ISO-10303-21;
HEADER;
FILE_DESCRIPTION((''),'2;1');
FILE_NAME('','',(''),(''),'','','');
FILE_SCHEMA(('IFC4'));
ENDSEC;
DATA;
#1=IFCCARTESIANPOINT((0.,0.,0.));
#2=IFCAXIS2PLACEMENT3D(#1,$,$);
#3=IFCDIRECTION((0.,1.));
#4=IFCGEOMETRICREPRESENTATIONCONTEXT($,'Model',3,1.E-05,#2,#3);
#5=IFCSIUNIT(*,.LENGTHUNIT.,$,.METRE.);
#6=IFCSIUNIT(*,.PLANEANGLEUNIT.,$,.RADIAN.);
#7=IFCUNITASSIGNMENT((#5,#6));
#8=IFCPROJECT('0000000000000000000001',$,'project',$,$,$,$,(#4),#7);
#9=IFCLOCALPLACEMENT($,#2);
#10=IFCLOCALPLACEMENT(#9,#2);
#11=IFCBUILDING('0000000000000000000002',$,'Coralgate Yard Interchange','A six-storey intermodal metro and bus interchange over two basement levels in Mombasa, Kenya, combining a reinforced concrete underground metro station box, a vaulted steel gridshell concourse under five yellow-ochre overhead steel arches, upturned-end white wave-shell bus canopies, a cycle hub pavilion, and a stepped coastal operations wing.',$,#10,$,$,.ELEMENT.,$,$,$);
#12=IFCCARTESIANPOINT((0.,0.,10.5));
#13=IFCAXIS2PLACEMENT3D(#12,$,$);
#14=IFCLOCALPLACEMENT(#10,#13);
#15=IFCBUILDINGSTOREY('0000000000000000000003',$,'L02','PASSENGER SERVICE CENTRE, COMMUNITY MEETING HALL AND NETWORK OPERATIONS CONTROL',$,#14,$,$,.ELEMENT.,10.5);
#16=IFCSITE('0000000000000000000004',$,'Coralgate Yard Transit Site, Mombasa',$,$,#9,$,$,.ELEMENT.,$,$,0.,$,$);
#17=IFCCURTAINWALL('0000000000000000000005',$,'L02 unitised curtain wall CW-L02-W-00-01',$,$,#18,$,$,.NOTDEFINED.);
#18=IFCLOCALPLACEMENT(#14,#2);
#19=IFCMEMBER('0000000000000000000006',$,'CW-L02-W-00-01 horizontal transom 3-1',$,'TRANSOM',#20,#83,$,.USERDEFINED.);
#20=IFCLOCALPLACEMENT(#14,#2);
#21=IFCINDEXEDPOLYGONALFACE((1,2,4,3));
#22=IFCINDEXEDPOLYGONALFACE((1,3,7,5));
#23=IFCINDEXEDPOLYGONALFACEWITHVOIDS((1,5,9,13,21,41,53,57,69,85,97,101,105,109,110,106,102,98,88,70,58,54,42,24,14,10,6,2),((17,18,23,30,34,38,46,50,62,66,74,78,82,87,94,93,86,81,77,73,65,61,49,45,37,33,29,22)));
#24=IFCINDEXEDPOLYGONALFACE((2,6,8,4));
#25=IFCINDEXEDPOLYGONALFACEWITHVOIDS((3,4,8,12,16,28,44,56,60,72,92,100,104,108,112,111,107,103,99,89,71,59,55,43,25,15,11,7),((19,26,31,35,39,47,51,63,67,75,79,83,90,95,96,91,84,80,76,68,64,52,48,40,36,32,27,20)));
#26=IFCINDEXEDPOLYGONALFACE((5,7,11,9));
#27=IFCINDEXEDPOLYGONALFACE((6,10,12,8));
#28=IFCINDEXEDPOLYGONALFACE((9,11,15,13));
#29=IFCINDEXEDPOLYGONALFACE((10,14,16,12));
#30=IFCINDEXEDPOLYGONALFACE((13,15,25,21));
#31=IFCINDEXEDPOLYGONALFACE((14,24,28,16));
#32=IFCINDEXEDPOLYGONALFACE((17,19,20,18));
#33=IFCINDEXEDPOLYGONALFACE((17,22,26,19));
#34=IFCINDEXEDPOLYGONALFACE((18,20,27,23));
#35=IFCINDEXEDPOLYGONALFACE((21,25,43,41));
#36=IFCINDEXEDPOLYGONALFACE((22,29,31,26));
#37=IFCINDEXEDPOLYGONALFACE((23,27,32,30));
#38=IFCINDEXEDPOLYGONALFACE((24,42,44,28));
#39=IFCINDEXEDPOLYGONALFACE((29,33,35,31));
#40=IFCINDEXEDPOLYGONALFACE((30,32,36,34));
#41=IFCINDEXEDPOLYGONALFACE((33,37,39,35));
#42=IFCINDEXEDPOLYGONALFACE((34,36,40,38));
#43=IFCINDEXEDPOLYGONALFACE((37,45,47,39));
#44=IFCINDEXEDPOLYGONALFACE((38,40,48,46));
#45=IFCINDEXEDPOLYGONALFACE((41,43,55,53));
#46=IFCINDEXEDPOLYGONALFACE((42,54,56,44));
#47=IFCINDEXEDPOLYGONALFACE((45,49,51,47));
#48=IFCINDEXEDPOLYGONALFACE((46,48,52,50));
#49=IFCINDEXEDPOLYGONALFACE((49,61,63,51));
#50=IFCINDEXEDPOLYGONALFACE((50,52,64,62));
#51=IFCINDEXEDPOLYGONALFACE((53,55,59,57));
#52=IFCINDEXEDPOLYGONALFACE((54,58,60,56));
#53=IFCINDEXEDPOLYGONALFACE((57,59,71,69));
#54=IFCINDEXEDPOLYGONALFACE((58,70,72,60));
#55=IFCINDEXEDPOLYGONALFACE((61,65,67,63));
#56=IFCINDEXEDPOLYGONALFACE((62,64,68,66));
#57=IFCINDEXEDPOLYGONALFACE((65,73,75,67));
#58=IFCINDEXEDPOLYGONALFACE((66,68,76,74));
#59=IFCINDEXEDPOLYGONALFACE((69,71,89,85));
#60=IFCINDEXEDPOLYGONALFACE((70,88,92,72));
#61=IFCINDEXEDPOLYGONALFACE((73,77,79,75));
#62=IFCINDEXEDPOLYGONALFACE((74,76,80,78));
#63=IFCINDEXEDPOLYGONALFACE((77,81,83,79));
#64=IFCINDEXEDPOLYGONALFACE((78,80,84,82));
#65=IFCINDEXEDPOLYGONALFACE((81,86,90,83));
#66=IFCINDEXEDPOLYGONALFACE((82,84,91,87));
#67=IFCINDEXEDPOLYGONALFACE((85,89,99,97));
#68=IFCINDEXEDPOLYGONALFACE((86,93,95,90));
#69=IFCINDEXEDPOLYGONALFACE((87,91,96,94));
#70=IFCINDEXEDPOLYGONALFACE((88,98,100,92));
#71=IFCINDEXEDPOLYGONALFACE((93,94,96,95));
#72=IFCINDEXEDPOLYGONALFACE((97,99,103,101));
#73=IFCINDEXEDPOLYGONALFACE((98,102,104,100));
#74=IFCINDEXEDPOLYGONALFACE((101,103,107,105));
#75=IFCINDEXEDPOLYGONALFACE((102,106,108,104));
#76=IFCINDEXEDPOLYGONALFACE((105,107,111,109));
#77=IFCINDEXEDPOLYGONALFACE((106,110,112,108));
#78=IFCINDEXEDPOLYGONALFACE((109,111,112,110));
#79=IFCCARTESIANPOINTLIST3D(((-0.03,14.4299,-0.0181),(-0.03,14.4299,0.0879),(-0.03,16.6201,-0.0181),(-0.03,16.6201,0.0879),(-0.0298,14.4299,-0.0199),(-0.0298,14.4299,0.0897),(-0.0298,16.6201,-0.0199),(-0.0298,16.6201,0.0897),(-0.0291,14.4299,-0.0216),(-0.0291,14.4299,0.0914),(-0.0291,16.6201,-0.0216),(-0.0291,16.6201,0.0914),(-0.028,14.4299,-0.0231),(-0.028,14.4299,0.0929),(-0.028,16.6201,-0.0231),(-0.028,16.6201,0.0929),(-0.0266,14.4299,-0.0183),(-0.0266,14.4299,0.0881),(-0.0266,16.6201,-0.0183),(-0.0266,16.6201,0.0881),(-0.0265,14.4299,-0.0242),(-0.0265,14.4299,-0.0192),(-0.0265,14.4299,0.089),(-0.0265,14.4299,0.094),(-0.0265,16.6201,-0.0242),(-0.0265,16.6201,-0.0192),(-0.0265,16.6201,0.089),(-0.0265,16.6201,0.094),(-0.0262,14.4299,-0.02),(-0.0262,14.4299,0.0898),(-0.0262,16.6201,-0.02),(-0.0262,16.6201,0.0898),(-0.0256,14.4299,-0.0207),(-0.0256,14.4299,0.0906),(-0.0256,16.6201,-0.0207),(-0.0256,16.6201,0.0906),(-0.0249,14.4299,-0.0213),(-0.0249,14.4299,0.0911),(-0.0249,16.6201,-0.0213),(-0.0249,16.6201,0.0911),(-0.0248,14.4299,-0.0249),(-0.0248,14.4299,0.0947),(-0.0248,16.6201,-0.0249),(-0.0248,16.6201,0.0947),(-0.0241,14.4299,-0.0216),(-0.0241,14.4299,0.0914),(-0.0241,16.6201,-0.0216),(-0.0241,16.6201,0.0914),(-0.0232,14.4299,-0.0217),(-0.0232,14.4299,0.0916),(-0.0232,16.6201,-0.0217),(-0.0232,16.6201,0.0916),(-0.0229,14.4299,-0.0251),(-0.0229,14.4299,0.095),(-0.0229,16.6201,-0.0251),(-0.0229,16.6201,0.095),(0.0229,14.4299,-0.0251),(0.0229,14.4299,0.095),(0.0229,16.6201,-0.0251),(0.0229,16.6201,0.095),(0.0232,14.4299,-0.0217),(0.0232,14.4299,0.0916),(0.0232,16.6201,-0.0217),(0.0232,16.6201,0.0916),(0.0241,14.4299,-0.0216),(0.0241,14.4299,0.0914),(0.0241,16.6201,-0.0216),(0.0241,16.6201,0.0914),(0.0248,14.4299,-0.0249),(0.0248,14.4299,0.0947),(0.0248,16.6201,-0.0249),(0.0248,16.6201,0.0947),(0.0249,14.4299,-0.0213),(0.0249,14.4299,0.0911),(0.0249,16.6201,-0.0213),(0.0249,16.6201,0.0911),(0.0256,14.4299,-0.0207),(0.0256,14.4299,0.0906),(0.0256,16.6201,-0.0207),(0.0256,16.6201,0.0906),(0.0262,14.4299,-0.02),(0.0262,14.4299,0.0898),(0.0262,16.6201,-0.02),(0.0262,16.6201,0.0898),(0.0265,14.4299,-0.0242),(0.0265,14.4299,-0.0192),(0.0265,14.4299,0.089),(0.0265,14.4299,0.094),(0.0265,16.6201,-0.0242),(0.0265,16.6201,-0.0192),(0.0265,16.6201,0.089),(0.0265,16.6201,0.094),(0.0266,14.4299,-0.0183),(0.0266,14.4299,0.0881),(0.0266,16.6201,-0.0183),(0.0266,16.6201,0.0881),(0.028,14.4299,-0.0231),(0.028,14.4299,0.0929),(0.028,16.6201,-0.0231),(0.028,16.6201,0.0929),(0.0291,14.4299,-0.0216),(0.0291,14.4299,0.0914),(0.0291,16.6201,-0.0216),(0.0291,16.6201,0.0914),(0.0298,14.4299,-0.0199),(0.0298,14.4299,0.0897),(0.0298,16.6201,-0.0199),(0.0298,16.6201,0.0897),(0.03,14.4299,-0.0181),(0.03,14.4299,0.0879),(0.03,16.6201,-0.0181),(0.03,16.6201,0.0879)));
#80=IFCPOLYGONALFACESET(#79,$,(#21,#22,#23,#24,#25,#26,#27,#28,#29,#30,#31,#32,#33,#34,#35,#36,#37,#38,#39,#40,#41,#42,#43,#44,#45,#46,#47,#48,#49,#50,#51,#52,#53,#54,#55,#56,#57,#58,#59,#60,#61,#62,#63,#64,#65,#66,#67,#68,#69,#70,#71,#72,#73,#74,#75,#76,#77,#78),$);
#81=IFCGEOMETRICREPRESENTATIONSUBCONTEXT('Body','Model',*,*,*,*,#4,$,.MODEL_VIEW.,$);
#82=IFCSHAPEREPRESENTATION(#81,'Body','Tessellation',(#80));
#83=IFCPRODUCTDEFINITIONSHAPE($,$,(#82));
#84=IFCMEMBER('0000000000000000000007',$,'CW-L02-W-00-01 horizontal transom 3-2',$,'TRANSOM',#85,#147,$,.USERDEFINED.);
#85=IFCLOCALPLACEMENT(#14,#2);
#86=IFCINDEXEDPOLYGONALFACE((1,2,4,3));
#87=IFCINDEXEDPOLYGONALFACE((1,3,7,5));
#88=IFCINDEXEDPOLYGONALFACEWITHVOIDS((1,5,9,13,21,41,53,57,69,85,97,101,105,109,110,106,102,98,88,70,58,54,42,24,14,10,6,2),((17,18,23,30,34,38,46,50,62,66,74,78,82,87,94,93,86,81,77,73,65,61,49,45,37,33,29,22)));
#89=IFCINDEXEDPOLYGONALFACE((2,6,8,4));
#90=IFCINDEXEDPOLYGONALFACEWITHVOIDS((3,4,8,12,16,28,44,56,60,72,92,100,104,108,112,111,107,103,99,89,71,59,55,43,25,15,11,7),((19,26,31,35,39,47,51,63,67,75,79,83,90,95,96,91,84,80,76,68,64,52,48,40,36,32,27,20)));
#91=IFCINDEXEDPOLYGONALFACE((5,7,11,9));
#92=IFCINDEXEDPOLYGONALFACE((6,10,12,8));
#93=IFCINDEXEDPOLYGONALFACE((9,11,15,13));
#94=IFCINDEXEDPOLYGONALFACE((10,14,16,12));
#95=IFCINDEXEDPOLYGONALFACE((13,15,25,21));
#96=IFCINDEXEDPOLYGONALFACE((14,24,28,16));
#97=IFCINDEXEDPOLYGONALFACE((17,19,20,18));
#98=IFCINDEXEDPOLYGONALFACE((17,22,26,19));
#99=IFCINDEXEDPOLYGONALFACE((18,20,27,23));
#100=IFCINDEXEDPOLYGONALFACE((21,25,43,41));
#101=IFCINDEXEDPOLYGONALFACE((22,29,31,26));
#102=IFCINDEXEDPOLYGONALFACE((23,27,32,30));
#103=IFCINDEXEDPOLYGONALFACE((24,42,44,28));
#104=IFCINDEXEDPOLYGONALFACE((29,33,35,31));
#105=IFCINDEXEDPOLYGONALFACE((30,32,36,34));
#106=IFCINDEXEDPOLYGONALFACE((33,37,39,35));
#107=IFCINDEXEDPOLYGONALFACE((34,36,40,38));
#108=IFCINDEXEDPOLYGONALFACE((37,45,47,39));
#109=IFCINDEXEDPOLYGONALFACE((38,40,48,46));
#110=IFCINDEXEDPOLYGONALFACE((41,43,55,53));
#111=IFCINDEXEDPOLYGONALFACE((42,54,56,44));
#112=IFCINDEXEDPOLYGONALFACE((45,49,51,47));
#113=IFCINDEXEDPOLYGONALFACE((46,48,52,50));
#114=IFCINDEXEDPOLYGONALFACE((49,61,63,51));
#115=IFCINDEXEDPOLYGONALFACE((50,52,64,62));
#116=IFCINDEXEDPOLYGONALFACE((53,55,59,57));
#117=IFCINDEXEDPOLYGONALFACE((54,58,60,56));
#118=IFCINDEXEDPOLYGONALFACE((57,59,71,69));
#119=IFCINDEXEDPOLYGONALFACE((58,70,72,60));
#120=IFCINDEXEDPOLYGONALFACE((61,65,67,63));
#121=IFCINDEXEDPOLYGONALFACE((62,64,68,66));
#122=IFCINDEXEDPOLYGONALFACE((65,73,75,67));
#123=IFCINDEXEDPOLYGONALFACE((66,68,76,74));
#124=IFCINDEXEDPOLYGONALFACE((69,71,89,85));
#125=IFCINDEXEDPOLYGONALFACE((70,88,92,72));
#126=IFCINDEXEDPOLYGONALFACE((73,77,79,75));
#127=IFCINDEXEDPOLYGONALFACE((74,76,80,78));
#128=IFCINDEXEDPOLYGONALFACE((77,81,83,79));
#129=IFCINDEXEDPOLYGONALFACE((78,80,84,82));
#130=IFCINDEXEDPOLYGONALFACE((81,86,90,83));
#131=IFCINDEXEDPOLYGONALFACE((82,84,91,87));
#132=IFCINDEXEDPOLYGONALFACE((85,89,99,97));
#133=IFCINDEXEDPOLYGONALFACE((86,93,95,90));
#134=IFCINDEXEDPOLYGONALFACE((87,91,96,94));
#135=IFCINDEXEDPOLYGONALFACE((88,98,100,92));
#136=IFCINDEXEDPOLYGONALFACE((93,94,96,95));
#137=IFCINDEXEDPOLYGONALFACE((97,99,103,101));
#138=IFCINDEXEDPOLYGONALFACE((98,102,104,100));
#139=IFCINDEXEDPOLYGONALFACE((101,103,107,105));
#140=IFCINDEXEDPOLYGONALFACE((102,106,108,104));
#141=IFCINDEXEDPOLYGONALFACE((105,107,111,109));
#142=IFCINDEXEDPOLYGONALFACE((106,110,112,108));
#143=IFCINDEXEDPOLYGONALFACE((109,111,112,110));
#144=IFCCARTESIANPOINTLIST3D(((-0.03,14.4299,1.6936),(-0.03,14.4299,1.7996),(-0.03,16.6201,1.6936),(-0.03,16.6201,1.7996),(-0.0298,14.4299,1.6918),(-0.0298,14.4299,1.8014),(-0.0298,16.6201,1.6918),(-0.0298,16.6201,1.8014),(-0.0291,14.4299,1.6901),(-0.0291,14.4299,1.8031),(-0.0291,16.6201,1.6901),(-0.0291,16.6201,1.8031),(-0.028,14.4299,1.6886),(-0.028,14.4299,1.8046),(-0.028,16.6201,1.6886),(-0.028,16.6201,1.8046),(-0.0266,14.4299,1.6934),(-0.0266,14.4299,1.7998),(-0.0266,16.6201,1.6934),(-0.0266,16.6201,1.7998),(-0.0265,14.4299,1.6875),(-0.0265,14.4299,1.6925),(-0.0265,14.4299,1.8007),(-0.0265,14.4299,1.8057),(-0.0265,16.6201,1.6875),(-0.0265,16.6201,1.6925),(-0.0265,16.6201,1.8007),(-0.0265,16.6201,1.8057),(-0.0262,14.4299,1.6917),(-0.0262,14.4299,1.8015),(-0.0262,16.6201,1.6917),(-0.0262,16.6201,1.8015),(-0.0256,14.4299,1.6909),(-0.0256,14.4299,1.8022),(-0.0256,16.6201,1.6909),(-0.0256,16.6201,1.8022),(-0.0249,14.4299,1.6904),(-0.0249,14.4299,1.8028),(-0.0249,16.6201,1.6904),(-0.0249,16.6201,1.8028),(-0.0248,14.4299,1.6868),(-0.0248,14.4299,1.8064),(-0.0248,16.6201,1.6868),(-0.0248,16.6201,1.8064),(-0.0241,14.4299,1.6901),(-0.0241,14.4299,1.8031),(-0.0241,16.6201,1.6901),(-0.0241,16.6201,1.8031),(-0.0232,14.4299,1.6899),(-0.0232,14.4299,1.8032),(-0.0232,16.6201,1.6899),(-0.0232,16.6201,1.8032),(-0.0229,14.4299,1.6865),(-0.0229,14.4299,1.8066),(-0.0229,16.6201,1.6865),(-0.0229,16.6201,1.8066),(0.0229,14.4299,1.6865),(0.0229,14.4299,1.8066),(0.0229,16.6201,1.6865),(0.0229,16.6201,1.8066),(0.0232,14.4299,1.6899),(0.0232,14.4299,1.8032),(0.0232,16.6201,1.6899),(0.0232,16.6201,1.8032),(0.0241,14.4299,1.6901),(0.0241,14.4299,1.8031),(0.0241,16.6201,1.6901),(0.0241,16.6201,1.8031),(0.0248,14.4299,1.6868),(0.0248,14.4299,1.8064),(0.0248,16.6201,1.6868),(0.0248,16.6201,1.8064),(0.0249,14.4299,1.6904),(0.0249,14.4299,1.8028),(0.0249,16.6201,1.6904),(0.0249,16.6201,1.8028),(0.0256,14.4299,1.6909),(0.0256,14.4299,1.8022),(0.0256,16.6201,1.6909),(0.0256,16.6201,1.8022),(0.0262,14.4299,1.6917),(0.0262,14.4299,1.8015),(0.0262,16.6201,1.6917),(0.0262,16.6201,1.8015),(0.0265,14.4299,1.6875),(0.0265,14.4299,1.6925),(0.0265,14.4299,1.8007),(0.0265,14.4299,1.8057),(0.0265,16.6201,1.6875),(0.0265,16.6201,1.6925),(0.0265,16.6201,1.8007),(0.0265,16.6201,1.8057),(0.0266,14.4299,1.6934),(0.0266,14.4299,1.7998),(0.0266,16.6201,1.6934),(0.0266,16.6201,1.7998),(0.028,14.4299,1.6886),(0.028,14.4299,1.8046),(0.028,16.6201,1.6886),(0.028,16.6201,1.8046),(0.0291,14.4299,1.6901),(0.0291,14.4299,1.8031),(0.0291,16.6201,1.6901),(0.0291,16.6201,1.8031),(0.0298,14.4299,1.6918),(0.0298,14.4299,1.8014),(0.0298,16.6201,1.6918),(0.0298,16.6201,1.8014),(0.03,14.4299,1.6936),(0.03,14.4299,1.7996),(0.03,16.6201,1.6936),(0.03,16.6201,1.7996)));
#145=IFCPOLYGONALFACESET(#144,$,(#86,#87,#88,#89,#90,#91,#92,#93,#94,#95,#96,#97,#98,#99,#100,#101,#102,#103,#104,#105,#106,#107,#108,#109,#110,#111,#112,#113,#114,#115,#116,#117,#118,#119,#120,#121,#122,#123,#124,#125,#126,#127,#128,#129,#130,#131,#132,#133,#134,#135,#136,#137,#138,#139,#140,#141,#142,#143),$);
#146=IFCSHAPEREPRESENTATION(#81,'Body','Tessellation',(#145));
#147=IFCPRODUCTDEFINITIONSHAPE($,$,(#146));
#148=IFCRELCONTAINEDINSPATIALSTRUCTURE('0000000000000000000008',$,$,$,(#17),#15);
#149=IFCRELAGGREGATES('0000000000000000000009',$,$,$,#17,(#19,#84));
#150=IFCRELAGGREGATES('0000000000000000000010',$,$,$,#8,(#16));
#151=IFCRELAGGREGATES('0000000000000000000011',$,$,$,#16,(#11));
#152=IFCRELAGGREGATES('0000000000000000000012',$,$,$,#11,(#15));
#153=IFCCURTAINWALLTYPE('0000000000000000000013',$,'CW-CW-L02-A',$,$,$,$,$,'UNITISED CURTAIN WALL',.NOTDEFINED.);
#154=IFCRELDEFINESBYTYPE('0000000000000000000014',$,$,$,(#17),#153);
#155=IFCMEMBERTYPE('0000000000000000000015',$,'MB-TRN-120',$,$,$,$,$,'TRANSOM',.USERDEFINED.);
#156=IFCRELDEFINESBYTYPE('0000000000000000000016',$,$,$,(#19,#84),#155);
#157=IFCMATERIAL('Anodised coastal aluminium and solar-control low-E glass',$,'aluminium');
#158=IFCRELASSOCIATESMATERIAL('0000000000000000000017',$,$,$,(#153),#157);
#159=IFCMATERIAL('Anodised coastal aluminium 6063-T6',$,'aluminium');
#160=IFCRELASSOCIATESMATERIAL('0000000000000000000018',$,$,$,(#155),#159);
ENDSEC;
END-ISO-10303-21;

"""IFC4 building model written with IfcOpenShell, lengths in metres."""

from ifc_helpers import new_model, si_unit, direction, frame, origin, origin_2d, place, context, subcontext, project, spatial, hollow_rectangle, extrude, material, material_profile, profile_set, type_object, element, aggregate, save


model = new_model("IFC4")

# Units and contexts
model_context = context("Model", 3, precision=1e-05, world=origin(), true_north=direction((0.0, 1.0)))
body_context = subcontext(model_context, "Body", "Model", "MODEL_VIEW")
ifc_project = project(units=[si_unit("LENGTHUNIT", "METRE"), si_unit("PLANEANGLEUNIT", "RADIAN")], contexts=[model_context])

# Site, building, storey
site_placement = place(None, origin())
site = spatial("IfcSite", under=ifc_project, at=site_placement, Name="Coralgate Yard Transit Site, Mombasa", CompositionType="ELEMENT", RefElevation=0.0)
building_placement = place(site_placement, origin())
building = spatial("IfcBuilding", under=site, at=building_placement, Name="Coralgate Yard Interchange", Description="A six-storey intermodal metro and bus interchange over two basement levels in Mombasa, Kenya, combining a reinforced concrete underground metro station box, a vaulted steel gridshell concourse under five yellow-ochre overhead steel arches, upturned-end white wave-shell bus canopies, a cycle hub pavilion, and a stepped coastal operations wing.", CompositionType="ELEMENT")
storey_placement = place(building_placement, frame((0.0, 0.0, 10.5)))
storey = spatial("IfcBuildingStorey", under=building, at=storey_placement, Name="L02", Description="PASSENGER SERVICE CENTRE, COMMUNITY MEETING HALL AND NETWORK OPERATIONS CONTROL", CompositionType="ELEMENT", Elevation=10.5)

# Curtain wall, members
ifc_material_1 = material(Name="Anodised coastal aluminium and solar-control low-E glass", Category="aluminium")
curtain_wall_type = type_object("IfcCurtainWallType", Name="CW-CW-L02-A", ElementType="UNITISED CURTAIN WALL", PredefinedType="NOTDEFINED", material=ifc_material_1)
curtain_wall_placement = place(storey_placement, origin())
curtain_wall = element("IfcCurtainWall", 1, at=curtain_wall_placement, inside=storey, type_object=curtain_wall_type, Name="L02 unitised curtain wall CW-L02-W-00-01", PredefinedType="NOTDEFINED")
ifc_material_2 = material(Name="Anodised coastal aluminium 6063-T6", Category="aluminium")
ifc_material_profile_1 = material_profile(ifc_material_2, hollow_rectangle(XDim=0.0601, YDim=0.1201, WallThickness=0.0034, InnerFilletRadius=0.0034, OuterFilletRadius=0.0071, at=origin_2d()), Name="ALU 60x120x3.5")
ifc_profile_set_1 = profile_set([ifc_material_profile_1], Name="Anodised coastal aluminium 6063-T6")
member_type_1 = type_object("IfcMemberType", Name="MB-TRN-120", ElementType="TRANSOM", PredefinedType="USERDEFINED", material=ifc_profile_set_1)
member_1_placement = place(storey_placement, frame((0.0, 14.4299, 0.0349), z_axis=(0.0, 1.0, 0.0), x_axis=(-1.0, 0.0, 0.0)))
member_1 = element("IfcMember", 2, at=member_1_placement, type_object=member_type_1, Name="CW-L02-W-00-01 horizontal transom 3-1", ObjectType="TRANSOM", PredefinedType="USERDEFINED", context=body_context, shape_type="SweptSolid", body=[
    extrude(hollow_rectangle(XDim=0.0601, YDim=0.1201, WallThickness=0.0034, InnerFilletRadius=0.0034, OuterFilletRadius=0.0071, at=origin_2d()), origin(), (0.0, 0.0, 1.0), 2.1902),
])
member_2_placement = place(storey_placement, frame((0.0, 14.4299, 1.7466), z_axis=(0.0, 1.0, 0.0), x_axis=(-1.0, 0.0, 0.0)))
member_2 = element("IfcMember", 3, at=member_2_placement, type_object=member_type_1, Name="CW-L02-W-00-01 horizontal transom 3-2", ObjectType="TRANSOM", PredefinedType="USERDEFINED", context=body_context, shape_type="SweptSolid", body=[
    extrude(hollow_rectangle(XDim=0.0601, YDim=0.1201, WallThickness=0.0034, InnerFilletRadius=0.0034, OuterFilletRadius=0.0071, at=origin_2d()), origin(), (0.0, 0.0, 1.0), 2.1902),
])
aggregate(curtain_wall, [member_1, member_2])

save(model, "model.ifc")
